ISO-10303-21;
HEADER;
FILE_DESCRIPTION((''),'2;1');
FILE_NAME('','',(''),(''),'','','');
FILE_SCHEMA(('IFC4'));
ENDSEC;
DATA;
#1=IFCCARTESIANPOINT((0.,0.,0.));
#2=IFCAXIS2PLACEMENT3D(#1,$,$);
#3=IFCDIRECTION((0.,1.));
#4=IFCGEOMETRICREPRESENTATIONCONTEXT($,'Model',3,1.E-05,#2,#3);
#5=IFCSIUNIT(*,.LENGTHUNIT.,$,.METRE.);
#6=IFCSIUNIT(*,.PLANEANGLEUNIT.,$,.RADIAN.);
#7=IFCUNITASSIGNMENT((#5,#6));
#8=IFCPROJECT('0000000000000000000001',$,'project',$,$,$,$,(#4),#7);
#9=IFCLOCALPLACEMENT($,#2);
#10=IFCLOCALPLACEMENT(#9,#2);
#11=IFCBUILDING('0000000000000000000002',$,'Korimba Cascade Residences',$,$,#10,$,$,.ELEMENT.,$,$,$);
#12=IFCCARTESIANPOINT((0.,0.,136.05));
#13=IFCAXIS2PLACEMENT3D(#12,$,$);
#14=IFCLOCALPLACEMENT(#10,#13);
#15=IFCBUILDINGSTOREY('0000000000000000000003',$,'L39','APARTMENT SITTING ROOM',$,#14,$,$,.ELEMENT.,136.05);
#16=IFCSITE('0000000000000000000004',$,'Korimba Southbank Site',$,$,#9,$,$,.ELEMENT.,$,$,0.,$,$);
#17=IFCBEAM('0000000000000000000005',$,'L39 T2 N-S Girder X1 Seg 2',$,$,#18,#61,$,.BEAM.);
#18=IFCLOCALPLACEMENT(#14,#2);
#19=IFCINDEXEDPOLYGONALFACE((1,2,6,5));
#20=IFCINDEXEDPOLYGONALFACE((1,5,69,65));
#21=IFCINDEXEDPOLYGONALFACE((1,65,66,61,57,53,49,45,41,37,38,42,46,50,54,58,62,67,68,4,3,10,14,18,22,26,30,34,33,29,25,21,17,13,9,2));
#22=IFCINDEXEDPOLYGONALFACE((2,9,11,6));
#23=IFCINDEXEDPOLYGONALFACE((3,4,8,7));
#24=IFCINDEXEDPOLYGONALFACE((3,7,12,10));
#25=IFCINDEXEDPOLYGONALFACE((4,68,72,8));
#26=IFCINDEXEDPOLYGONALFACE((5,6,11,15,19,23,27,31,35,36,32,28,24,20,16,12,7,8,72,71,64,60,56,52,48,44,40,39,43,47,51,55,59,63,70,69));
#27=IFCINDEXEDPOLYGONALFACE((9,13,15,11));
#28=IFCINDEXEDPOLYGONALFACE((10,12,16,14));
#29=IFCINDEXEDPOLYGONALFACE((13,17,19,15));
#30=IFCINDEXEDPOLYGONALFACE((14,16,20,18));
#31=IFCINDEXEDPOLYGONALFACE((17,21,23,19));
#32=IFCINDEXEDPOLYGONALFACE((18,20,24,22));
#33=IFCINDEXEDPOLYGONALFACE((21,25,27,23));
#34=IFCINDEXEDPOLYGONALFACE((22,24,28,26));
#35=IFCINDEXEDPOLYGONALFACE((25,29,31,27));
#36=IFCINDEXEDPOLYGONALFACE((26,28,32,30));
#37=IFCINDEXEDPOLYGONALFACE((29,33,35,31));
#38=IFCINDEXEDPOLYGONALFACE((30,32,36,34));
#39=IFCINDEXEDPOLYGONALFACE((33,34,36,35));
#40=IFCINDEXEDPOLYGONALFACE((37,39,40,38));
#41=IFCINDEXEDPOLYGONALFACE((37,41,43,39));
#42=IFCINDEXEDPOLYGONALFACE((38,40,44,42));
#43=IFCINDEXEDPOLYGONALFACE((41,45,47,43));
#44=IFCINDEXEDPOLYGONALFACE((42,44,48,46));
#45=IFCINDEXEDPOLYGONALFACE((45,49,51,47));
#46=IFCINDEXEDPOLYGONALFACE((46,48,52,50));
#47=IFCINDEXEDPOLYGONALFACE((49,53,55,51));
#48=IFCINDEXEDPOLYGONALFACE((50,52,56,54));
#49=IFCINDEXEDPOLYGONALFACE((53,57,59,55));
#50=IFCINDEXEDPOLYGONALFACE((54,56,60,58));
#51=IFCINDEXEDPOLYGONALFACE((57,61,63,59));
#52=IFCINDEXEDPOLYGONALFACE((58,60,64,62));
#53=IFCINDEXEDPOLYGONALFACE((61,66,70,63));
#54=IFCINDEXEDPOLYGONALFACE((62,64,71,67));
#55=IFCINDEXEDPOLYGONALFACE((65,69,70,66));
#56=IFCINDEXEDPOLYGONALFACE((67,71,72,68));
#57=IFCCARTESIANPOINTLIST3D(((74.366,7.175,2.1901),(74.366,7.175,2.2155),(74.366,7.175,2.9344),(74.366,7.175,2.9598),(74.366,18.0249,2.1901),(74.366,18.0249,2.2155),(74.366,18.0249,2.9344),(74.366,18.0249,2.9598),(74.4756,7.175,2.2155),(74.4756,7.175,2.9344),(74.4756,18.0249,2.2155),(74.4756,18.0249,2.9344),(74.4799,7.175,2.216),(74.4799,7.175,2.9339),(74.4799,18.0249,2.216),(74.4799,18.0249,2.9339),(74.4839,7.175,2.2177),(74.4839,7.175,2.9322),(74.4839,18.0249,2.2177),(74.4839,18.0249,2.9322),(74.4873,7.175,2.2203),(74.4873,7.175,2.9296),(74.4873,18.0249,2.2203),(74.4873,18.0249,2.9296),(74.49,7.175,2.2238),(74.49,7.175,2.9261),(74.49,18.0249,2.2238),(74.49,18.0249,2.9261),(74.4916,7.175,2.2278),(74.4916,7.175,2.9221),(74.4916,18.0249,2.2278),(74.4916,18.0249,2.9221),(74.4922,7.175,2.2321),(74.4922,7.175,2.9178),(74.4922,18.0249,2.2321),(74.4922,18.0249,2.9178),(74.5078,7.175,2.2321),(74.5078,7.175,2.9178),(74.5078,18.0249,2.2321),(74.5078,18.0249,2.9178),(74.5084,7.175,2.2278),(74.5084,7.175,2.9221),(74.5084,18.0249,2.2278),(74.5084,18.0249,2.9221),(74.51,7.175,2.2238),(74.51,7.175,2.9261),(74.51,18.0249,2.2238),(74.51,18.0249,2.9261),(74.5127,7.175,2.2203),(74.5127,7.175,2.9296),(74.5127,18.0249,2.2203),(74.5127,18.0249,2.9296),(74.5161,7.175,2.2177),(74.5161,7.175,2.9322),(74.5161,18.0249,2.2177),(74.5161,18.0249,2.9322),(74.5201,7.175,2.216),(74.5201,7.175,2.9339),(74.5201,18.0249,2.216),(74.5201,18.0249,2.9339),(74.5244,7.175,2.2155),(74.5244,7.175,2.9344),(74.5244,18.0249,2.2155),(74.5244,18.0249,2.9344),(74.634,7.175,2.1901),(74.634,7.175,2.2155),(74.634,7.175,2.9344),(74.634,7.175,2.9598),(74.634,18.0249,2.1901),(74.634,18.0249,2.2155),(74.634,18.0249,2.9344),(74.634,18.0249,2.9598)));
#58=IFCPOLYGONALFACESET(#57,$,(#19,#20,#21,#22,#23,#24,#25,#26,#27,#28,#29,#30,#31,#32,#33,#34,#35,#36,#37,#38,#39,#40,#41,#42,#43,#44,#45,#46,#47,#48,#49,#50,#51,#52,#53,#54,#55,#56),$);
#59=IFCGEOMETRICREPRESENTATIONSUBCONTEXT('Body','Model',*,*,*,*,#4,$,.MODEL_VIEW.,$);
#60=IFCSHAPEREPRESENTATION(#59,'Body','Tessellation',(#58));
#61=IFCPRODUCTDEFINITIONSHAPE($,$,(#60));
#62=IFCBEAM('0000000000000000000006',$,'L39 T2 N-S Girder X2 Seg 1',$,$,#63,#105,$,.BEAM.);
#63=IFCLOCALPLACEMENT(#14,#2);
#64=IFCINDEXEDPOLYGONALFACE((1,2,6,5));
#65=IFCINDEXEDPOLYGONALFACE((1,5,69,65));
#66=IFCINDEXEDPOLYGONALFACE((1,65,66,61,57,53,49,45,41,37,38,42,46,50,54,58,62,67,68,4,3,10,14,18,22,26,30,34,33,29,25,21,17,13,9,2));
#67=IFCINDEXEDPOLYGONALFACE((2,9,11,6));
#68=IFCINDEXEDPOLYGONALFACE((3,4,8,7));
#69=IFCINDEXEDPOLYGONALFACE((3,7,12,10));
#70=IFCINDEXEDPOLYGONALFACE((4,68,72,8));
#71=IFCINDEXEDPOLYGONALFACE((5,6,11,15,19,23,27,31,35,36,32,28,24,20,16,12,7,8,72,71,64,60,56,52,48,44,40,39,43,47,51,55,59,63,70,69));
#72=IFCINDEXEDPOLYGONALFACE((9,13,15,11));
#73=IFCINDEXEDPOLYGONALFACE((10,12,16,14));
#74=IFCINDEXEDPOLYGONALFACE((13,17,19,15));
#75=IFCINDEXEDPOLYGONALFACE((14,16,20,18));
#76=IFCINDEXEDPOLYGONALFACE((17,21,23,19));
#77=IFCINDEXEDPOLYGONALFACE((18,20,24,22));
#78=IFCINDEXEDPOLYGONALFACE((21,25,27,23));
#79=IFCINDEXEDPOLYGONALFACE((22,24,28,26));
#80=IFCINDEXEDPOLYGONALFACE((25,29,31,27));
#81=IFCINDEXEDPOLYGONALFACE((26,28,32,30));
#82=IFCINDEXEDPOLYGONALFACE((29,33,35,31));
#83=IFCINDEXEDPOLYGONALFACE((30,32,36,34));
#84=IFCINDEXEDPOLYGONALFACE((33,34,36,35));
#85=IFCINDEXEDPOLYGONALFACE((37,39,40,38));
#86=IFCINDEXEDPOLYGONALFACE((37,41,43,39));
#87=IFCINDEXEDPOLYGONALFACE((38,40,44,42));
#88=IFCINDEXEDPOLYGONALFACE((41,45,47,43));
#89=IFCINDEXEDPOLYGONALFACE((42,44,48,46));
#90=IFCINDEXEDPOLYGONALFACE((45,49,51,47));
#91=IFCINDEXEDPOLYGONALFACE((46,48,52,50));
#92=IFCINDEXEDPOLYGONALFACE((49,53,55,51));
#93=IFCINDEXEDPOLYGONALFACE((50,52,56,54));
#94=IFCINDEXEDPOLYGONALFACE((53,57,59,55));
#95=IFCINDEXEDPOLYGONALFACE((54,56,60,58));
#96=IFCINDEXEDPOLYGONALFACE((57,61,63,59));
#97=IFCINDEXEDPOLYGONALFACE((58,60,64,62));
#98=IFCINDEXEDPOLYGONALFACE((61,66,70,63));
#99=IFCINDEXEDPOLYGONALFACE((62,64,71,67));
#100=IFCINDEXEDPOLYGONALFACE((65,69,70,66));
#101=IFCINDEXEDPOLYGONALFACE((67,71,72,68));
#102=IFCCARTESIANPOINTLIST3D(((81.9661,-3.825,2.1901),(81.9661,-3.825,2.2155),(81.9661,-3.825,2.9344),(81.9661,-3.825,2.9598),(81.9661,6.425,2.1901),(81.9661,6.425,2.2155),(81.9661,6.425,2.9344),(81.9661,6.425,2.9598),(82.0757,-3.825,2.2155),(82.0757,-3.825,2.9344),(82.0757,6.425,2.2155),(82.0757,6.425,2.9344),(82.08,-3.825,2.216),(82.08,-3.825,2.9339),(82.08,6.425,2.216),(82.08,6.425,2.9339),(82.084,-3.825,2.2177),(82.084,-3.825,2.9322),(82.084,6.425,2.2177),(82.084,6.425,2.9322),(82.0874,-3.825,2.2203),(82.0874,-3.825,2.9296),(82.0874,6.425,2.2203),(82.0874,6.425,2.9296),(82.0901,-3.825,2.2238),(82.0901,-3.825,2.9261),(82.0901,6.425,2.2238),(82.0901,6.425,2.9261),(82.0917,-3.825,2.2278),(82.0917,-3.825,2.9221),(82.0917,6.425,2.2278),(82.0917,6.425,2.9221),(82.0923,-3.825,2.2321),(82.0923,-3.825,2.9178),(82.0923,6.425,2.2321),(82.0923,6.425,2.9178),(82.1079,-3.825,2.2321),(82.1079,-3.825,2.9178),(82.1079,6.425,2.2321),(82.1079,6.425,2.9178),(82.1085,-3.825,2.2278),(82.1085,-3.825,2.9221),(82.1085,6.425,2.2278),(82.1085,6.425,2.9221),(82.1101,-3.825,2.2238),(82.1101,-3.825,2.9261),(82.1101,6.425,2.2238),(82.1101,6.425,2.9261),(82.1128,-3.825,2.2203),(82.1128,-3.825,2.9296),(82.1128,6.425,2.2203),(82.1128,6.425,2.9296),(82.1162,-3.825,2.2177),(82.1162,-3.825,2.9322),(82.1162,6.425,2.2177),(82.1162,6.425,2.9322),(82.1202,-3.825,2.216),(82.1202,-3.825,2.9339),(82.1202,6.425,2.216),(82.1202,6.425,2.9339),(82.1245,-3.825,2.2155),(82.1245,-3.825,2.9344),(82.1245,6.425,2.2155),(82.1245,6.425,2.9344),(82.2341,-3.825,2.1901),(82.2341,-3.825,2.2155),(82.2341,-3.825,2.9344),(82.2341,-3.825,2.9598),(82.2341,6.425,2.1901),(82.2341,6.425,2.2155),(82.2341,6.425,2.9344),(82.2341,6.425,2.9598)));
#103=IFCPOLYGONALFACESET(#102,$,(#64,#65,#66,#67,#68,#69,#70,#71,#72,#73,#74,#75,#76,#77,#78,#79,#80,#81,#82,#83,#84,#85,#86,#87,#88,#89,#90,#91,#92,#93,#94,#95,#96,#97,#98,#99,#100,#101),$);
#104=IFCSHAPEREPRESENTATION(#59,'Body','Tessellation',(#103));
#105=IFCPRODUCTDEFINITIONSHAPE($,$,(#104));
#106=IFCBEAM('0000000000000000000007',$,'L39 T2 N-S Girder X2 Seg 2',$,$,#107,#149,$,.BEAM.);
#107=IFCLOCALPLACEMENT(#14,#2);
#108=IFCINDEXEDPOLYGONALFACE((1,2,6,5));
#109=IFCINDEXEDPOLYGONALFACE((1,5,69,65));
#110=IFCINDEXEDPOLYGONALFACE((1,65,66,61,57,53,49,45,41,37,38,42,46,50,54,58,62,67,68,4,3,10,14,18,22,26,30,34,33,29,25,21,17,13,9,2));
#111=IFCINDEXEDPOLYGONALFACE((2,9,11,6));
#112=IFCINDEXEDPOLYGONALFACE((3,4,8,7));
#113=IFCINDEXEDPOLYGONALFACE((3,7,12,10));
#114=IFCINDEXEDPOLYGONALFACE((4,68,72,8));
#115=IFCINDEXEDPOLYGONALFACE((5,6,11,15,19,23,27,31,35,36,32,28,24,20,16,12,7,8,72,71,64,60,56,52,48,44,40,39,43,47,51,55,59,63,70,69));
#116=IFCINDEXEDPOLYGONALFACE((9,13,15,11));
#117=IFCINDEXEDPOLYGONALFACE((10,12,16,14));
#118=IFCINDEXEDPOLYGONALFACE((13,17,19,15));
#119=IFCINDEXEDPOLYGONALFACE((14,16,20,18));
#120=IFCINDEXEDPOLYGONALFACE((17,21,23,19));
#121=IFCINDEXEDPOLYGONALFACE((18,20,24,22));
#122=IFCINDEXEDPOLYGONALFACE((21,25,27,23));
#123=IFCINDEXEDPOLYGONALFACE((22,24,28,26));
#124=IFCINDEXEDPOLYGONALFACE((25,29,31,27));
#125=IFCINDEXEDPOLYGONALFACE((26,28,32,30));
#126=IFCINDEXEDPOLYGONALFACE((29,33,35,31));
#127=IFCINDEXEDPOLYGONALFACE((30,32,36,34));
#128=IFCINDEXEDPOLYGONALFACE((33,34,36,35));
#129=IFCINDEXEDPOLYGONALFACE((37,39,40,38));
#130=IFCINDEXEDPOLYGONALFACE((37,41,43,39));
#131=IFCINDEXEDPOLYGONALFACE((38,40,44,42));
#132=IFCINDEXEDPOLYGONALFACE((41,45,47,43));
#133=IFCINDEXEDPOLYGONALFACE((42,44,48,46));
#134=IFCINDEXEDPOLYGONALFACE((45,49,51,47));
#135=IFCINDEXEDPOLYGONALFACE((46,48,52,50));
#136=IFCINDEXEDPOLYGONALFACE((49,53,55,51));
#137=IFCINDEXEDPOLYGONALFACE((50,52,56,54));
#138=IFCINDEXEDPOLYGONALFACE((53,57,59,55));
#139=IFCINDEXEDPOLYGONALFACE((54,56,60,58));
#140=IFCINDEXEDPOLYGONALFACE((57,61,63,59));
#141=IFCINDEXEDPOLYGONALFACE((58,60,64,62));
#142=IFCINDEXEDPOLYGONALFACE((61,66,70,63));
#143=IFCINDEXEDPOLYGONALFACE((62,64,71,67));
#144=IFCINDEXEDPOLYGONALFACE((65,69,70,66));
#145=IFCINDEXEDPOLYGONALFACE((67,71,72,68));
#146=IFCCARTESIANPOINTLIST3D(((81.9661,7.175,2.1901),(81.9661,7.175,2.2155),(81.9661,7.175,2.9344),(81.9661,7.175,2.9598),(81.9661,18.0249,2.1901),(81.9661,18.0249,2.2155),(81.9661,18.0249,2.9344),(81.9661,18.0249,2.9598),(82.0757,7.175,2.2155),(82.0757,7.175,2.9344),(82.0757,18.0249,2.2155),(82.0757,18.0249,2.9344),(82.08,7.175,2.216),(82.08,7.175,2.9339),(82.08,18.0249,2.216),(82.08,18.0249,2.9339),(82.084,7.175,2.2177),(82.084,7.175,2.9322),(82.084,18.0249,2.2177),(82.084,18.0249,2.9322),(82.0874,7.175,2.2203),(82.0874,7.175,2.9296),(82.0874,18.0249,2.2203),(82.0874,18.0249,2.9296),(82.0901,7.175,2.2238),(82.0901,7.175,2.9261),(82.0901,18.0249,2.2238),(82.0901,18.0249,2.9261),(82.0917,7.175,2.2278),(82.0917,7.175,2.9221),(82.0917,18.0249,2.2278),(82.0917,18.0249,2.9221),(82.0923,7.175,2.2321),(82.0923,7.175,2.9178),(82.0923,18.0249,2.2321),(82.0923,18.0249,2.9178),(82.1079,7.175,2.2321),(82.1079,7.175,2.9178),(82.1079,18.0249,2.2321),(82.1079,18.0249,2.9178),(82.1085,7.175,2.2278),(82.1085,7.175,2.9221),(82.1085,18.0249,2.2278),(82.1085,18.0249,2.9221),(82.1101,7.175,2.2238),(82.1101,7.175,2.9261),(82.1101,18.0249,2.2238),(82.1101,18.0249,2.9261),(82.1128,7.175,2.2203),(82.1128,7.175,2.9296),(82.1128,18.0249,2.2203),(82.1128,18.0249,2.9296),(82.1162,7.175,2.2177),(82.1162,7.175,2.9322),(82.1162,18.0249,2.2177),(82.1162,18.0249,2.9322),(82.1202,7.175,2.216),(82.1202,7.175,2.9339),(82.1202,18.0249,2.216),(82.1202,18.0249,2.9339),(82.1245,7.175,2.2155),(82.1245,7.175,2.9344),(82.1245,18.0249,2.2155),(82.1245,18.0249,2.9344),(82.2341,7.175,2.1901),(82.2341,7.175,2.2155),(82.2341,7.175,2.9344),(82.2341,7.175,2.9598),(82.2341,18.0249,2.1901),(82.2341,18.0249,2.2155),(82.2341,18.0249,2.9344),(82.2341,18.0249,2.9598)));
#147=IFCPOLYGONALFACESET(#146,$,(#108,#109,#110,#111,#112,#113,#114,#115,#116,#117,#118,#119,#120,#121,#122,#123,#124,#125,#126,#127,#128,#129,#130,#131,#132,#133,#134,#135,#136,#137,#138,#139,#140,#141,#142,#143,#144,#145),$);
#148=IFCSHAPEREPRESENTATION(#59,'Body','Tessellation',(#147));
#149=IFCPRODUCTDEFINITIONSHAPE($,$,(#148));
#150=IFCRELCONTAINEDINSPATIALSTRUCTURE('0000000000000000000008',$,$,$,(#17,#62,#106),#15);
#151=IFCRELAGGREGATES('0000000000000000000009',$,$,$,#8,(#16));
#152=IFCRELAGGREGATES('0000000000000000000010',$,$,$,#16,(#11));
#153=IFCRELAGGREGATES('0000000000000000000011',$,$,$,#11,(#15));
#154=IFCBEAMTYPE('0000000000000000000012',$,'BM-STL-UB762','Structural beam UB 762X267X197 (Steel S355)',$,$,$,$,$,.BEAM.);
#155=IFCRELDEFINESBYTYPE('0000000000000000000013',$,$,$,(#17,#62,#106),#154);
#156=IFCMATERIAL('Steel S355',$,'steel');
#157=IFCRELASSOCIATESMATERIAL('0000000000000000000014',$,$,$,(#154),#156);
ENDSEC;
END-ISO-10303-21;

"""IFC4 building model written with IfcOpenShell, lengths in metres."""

from ifc_helpers import new_model, si_unit, direction, frame, origin, origin_2d, place, context, subcontext, project, spatial, i_section, extrude, material, material_profile, profile_set, type_object, element, save


model = new_model("IFC4")

# Units and contexts
model_context = context("Model", 3, precision=1e-05, world=origin(), true_north=direction((0.0, 1.0)))
body_context = subcontext(model_context, "Body", "Model", "MODEL_VIEW")
ifc_project = project(units=[si_unit("LENGTHUNIT", "METRE"), si_unit("PLANEANGLEUNIT", "RADIAN")], contexts=[model_context])

# Site, building, storey
site_placement = place(None, origin())
site = spatial("IfcSite", under=ifc_project, at=site_placement, Name="Korimba Southbank Site", CompositionType="ELEMENT", RefElevation=0.0)
building_placement = place(site_placement, origin())
building = spatial("IfcBuilding", under=site, at=building_placement, Name="Korimba Cascade Residences", CompositionType="ELEMENT")
storey_placement = place(building_placement, frame((0.0, 0.0, 136.05)))
storey = spatial("IfcBuildingStorey", under=building, at=storey_placement, Name="L39", Description="APARTMENT SITTING ROOM", CompositionType="ELEMENT", Elevation=136.05)

# Beams
ifc_material_1 = material(Name="Steel S355", Category="steel")
ifc_material_profile_1 = material_profile(ifc_material_1, i_section(OverallWidth=0.2681, OverallDepth=0.7698, WebThickness=0.0156, FlangeThickness=0.0254, FilletRadius=0.0166, at=origin_2d()), Name="Steel S355")
ifc_profile_set_1 = profile_set([ifc_material_profile_1], Name="Steel S355")
beam_type_1 = type_object("IfcBeamType", Name="BM-STL-UB762", Description="Structural beam UB 762X267X197 (Steel S355)", PredefinedType="BEAM", material=ifc_profile_set_1)
beam_1_placement = place(storey_placement, frame((74.5, 7.175, 2.575), z_axis=(0.0, 1.0, 0.0), x_axis=(-1.0, 0.0, 0.0)))
element("IfcBeam", 1, at=beam_1_placement, inside=storey, type_object=beam_type_1, Name="L39 T2 N-S Girder X1 Seg 2", PredefinedType="BEAM", context=body_context, shape_type="SweptSolid", body=[
    extrude(i_section(OverallWidth=0.2681, OverallDepth=0.7698, WebThickness=0.0156, FlangeThickness=0.0254, FilletRadius=0.0166, at=origin_2d()), origin(), (0.0, 0.0, 1.0), 10.8499),
])
beam_2_placement = place(storey_placement, frame((82.1001, -3.825, 2.575), z_axis=(0.0, 1.0, 0.0), x_axis=(-1.0, 0.0, 0.0)))
element("IfcBeam", 2, at=beam_2_placement, inside=storey, type_object=beam_type_1, Name="L39 T2 N-S Girder X2 Seg 1", PredefinedType="BEAM", context=body_context, shape_type="SweptSolid", body=[
    extrude(i_section(OverallWidth=0.2681, OverallDepth=0.7698, WebThickness=0.0156, FlangeThickness=0.0254, FilletRadius=0.0166, at=origin_2d()), origin(), (0.0, 0.0, 1.0), 10.25),
])
beam_3_placement = place(storey_placement, frame((82.1001, 7.175, 2.575), z_axis=(0.0, 1.0, 0.0), x_axis=(-1.0, 0.0, 0.0)))
element("IfcBeam", 3, at=beam_3_placement, inside=storey, type_object=beam_type_1, Name="L39 T2 N-S Girder X2 Seg 2", PredefinedType="BEAM", context=body_context, shape_type="SweptSolid", body=[
    extrude(i_section(OverallWidth=0.2681, OverallDepth=0.7698, WebThickness=0.0156, FlangeThickness=0.0254, FilletRadius=0.0166, at=origin_2d()), origin(), (0.0, 0.0, 1.0), 10.8499),
])

save(model, "model.ifc")
